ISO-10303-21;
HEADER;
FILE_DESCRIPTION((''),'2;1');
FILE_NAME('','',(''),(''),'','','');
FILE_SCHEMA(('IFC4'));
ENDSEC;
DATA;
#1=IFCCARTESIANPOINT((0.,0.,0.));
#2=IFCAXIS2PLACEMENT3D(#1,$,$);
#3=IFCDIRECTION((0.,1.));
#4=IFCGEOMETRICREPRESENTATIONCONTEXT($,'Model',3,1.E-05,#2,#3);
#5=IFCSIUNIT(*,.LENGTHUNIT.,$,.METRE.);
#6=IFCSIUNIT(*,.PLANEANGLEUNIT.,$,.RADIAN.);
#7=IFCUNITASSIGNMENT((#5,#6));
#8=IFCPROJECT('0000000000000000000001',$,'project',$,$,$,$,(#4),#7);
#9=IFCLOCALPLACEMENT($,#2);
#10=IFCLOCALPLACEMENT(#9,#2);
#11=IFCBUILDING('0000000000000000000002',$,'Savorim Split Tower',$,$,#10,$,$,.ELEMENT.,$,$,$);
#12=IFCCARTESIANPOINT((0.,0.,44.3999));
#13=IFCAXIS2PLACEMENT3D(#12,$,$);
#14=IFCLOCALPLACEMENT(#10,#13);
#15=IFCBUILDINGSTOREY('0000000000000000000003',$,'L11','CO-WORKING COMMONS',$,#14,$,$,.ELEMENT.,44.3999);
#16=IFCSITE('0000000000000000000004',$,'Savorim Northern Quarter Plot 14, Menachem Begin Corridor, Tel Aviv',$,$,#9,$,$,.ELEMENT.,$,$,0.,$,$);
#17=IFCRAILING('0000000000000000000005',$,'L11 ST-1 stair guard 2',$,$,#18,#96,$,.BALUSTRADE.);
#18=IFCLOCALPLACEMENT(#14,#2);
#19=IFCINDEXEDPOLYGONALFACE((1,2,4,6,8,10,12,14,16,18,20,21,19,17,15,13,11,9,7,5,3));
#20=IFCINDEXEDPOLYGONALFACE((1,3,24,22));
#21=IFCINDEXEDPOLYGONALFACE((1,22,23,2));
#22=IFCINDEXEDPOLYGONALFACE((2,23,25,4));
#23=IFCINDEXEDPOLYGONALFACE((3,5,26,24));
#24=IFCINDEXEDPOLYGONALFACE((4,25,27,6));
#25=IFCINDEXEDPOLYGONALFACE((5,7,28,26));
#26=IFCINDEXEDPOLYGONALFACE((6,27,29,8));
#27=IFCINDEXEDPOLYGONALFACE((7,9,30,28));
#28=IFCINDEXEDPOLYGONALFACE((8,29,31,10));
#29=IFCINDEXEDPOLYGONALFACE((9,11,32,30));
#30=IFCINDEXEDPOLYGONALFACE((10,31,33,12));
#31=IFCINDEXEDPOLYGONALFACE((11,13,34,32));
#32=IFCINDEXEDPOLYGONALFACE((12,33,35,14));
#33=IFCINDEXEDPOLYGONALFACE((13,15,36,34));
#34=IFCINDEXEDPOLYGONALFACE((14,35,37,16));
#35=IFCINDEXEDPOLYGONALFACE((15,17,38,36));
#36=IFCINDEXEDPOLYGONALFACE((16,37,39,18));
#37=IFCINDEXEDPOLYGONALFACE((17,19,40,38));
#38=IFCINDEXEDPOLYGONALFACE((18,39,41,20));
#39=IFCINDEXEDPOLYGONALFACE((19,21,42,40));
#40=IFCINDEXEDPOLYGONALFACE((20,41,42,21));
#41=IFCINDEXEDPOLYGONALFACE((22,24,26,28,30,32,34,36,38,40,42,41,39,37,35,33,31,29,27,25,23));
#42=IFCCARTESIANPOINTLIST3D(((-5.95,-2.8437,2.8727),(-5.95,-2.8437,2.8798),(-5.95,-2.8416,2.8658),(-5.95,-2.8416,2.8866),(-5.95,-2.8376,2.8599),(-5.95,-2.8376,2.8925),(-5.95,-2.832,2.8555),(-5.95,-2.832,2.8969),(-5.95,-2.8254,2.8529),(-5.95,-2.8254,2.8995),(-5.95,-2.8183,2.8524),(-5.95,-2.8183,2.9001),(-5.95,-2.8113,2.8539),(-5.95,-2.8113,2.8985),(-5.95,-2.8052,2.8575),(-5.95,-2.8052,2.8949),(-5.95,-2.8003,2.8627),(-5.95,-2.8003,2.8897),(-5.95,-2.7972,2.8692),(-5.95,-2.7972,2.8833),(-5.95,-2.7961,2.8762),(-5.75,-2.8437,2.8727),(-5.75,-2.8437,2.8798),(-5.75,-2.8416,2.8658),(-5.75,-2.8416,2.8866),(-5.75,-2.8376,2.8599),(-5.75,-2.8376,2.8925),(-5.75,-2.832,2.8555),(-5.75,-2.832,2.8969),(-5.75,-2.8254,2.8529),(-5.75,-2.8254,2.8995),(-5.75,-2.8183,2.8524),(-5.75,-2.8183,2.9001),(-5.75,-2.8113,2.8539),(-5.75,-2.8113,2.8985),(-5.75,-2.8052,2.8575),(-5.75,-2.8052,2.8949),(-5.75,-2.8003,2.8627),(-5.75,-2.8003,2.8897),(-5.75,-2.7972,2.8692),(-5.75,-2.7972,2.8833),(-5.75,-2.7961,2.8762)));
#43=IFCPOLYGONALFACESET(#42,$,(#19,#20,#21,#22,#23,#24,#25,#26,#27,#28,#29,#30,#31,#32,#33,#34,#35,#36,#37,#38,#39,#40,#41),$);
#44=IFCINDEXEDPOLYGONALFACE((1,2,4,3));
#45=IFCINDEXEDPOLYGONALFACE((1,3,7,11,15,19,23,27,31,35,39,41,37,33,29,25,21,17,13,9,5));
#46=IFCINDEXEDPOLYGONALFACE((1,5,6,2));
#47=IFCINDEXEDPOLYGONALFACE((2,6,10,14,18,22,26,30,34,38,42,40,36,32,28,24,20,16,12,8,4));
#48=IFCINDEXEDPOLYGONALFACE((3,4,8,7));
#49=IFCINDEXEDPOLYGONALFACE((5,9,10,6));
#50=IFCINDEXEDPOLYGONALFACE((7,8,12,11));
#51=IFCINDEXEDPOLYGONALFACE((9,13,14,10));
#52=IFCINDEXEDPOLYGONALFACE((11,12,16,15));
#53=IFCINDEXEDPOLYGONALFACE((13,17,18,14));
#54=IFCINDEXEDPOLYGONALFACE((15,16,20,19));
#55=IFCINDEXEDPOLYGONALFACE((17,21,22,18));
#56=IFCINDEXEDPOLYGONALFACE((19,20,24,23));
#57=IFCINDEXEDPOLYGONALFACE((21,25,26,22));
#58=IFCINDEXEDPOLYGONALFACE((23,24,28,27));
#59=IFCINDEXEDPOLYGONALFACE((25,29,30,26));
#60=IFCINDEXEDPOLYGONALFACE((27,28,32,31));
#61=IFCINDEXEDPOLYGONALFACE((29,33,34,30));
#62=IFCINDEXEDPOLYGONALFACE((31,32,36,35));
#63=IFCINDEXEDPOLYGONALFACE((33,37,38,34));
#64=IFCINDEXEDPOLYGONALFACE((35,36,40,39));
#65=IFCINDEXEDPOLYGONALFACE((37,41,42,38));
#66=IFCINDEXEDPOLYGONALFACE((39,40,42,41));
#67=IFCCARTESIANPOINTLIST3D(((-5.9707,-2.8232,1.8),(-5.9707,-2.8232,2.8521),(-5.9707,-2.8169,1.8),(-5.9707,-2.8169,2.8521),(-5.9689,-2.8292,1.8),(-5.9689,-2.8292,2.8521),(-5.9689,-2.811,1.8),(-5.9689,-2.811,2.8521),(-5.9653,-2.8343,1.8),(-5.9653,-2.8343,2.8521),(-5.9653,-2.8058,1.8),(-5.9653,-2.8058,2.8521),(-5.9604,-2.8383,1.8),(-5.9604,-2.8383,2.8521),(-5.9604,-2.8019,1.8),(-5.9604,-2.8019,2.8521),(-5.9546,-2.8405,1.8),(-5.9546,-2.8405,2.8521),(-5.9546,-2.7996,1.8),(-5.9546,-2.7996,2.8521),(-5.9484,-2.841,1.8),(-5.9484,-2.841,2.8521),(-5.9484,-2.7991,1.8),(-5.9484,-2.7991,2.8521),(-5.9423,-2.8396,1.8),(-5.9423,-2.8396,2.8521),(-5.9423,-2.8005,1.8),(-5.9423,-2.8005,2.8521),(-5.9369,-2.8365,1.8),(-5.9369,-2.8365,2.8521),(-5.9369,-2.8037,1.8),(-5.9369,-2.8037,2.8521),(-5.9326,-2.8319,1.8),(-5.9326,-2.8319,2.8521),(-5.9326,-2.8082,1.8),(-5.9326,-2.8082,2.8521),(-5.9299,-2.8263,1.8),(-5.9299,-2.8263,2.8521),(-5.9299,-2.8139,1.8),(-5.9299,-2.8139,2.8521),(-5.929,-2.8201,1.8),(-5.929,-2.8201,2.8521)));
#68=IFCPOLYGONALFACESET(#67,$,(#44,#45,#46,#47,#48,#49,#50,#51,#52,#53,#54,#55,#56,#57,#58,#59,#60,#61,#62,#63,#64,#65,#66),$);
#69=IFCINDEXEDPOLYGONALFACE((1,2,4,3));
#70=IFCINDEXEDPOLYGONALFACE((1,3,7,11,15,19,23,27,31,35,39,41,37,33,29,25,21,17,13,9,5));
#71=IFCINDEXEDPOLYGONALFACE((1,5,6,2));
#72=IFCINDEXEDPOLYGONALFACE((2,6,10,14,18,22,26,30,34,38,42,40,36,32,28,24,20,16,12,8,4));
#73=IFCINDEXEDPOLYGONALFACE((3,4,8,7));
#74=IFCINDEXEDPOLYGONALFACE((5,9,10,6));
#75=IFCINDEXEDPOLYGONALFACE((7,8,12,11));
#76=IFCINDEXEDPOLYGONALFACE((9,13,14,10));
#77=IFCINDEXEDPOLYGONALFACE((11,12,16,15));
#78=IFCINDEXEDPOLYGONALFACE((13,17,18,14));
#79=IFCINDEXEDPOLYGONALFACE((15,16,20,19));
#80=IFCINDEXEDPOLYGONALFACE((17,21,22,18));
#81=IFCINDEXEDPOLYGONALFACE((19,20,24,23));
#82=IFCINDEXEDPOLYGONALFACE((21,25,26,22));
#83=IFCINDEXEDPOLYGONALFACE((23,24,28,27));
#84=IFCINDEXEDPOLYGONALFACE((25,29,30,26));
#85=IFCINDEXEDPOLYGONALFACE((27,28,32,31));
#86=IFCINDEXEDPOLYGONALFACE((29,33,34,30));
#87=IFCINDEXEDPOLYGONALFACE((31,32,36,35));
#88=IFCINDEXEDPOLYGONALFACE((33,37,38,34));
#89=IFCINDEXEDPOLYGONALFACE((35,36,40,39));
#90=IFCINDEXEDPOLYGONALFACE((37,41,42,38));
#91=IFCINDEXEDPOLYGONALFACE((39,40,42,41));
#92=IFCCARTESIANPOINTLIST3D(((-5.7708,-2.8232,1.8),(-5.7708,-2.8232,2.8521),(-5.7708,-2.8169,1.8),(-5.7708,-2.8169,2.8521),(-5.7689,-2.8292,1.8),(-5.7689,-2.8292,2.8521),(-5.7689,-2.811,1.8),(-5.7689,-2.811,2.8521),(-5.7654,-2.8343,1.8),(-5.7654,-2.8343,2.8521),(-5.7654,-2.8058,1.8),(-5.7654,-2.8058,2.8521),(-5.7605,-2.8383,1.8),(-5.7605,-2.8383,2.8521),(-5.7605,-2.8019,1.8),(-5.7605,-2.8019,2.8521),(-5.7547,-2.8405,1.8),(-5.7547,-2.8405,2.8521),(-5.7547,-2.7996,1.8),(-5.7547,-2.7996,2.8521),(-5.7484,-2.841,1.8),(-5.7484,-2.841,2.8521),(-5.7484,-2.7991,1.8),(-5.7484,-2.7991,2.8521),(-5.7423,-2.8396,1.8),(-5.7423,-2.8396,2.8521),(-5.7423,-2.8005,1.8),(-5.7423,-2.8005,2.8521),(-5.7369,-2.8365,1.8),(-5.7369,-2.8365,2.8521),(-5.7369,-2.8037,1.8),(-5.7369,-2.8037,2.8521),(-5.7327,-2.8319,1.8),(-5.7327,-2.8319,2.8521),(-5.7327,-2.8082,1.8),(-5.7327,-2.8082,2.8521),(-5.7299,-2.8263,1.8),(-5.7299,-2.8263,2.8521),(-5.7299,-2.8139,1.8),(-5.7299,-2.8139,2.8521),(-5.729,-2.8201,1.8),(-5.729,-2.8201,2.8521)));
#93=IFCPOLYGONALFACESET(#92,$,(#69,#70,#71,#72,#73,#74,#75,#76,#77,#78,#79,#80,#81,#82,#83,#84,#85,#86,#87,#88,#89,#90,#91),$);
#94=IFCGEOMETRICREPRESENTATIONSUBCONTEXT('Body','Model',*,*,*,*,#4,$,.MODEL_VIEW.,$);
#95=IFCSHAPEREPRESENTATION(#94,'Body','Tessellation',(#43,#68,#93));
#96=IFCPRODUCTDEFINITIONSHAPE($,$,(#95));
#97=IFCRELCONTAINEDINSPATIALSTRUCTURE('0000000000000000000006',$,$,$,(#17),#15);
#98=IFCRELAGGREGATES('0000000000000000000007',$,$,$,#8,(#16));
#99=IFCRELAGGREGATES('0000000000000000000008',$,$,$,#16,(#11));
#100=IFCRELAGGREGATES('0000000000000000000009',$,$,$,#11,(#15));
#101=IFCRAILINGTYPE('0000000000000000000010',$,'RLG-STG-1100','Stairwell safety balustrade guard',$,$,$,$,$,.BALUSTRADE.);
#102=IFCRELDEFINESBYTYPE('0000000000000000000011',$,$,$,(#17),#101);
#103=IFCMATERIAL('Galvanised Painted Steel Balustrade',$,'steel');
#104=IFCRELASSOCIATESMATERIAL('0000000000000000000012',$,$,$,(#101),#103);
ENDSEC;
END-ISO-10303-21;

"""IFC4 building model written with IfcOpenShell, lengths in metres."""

from ifc_helpers import new_model, si_unit, direction, frame, origin, origin_2d, place, context, subcontext, project, spatial, circle, extrude, material, type_object, element, save


model = new_model("IFC4")

# Units and contexts
model_context = context("Model", 3, precision=1e-05, world=origin(), true_north=direction((0.0, 1.0)))
body_context = subcontext(model_context, "Body", "Model", "MODEL_VIEW")
ifc_project = project(units=[si_unit("LENGTHUNIT", "METRE"), si_unit("PLANEANGLEUNIT", "RADIAN")], contexts=[model_context])

# Site, building, storey
site_placement = place(None, origin())
site = spatial("IfcSite", under=ifc_project, at=site_placement, Name="Savorim Northern Quarter Plot 14, Menachem Begin Corridor, Tel Aviv", CompositionType="ELEMENT", RefElevation=0.0)
building_placement = place(site_placement, origin())
building = spatial("IfcBuilding", under=site, at=building_placement, Name="Savorim Split Tower", CompositionType="ELEMENT")
storey_placement = place(building_placement, frame((0.0, 0.0, 44.3999)))
storey = spatial("IfcBuildingStorey", under=building, at=storey_placement, Name="L11", Description="CO-WORKING COMMONS", CompositionType="ELEMENT", Elevation=44.3999)

# Railing
ifc_material_1 = material(Name="Galvanised Painted Steel Balustrade", Category="steel")
railing_type_1 = type_object("IfcRailingType", Name="RLG-STG-1100", Description="Stairwell safety balustrade guard", PredefinedType="BALUSTRADE", material=ifc_material_1)
railing_1_placement = place(storey_placement, frame((-5.95, -2.8201, 1.8)))
element("IfcRailing", 1, at=railing_1_placement, inside=storey, type_object=railing_type_1, Name="L11 ST-1 stair guard 2", PredefinedType="BALUSTRADE", context=body_context, shape_type="SweptSolid", body=[
    extrude(circle(Radius=0.0239, at=origin_2d()), frame((0.0, 0.0, 1.0762), z_axis=(1.0, 0.0, 0.0), x_axis=(0.0, 1.0, 0.0)), (0.0, 0.0, 1.0), 0.2),
    extrude(circle(Radius=0.021, at=origin_2d()), origin(), (0.0, 0.0, 1.0), 1.052),
    extrude(circle(Radius=0.021, at=origin_2d()), frame((0.2, 0.0, 0.0)), (0.0, 0.0, 1.0), 1.052),
])

save(model, "model.ifc")
